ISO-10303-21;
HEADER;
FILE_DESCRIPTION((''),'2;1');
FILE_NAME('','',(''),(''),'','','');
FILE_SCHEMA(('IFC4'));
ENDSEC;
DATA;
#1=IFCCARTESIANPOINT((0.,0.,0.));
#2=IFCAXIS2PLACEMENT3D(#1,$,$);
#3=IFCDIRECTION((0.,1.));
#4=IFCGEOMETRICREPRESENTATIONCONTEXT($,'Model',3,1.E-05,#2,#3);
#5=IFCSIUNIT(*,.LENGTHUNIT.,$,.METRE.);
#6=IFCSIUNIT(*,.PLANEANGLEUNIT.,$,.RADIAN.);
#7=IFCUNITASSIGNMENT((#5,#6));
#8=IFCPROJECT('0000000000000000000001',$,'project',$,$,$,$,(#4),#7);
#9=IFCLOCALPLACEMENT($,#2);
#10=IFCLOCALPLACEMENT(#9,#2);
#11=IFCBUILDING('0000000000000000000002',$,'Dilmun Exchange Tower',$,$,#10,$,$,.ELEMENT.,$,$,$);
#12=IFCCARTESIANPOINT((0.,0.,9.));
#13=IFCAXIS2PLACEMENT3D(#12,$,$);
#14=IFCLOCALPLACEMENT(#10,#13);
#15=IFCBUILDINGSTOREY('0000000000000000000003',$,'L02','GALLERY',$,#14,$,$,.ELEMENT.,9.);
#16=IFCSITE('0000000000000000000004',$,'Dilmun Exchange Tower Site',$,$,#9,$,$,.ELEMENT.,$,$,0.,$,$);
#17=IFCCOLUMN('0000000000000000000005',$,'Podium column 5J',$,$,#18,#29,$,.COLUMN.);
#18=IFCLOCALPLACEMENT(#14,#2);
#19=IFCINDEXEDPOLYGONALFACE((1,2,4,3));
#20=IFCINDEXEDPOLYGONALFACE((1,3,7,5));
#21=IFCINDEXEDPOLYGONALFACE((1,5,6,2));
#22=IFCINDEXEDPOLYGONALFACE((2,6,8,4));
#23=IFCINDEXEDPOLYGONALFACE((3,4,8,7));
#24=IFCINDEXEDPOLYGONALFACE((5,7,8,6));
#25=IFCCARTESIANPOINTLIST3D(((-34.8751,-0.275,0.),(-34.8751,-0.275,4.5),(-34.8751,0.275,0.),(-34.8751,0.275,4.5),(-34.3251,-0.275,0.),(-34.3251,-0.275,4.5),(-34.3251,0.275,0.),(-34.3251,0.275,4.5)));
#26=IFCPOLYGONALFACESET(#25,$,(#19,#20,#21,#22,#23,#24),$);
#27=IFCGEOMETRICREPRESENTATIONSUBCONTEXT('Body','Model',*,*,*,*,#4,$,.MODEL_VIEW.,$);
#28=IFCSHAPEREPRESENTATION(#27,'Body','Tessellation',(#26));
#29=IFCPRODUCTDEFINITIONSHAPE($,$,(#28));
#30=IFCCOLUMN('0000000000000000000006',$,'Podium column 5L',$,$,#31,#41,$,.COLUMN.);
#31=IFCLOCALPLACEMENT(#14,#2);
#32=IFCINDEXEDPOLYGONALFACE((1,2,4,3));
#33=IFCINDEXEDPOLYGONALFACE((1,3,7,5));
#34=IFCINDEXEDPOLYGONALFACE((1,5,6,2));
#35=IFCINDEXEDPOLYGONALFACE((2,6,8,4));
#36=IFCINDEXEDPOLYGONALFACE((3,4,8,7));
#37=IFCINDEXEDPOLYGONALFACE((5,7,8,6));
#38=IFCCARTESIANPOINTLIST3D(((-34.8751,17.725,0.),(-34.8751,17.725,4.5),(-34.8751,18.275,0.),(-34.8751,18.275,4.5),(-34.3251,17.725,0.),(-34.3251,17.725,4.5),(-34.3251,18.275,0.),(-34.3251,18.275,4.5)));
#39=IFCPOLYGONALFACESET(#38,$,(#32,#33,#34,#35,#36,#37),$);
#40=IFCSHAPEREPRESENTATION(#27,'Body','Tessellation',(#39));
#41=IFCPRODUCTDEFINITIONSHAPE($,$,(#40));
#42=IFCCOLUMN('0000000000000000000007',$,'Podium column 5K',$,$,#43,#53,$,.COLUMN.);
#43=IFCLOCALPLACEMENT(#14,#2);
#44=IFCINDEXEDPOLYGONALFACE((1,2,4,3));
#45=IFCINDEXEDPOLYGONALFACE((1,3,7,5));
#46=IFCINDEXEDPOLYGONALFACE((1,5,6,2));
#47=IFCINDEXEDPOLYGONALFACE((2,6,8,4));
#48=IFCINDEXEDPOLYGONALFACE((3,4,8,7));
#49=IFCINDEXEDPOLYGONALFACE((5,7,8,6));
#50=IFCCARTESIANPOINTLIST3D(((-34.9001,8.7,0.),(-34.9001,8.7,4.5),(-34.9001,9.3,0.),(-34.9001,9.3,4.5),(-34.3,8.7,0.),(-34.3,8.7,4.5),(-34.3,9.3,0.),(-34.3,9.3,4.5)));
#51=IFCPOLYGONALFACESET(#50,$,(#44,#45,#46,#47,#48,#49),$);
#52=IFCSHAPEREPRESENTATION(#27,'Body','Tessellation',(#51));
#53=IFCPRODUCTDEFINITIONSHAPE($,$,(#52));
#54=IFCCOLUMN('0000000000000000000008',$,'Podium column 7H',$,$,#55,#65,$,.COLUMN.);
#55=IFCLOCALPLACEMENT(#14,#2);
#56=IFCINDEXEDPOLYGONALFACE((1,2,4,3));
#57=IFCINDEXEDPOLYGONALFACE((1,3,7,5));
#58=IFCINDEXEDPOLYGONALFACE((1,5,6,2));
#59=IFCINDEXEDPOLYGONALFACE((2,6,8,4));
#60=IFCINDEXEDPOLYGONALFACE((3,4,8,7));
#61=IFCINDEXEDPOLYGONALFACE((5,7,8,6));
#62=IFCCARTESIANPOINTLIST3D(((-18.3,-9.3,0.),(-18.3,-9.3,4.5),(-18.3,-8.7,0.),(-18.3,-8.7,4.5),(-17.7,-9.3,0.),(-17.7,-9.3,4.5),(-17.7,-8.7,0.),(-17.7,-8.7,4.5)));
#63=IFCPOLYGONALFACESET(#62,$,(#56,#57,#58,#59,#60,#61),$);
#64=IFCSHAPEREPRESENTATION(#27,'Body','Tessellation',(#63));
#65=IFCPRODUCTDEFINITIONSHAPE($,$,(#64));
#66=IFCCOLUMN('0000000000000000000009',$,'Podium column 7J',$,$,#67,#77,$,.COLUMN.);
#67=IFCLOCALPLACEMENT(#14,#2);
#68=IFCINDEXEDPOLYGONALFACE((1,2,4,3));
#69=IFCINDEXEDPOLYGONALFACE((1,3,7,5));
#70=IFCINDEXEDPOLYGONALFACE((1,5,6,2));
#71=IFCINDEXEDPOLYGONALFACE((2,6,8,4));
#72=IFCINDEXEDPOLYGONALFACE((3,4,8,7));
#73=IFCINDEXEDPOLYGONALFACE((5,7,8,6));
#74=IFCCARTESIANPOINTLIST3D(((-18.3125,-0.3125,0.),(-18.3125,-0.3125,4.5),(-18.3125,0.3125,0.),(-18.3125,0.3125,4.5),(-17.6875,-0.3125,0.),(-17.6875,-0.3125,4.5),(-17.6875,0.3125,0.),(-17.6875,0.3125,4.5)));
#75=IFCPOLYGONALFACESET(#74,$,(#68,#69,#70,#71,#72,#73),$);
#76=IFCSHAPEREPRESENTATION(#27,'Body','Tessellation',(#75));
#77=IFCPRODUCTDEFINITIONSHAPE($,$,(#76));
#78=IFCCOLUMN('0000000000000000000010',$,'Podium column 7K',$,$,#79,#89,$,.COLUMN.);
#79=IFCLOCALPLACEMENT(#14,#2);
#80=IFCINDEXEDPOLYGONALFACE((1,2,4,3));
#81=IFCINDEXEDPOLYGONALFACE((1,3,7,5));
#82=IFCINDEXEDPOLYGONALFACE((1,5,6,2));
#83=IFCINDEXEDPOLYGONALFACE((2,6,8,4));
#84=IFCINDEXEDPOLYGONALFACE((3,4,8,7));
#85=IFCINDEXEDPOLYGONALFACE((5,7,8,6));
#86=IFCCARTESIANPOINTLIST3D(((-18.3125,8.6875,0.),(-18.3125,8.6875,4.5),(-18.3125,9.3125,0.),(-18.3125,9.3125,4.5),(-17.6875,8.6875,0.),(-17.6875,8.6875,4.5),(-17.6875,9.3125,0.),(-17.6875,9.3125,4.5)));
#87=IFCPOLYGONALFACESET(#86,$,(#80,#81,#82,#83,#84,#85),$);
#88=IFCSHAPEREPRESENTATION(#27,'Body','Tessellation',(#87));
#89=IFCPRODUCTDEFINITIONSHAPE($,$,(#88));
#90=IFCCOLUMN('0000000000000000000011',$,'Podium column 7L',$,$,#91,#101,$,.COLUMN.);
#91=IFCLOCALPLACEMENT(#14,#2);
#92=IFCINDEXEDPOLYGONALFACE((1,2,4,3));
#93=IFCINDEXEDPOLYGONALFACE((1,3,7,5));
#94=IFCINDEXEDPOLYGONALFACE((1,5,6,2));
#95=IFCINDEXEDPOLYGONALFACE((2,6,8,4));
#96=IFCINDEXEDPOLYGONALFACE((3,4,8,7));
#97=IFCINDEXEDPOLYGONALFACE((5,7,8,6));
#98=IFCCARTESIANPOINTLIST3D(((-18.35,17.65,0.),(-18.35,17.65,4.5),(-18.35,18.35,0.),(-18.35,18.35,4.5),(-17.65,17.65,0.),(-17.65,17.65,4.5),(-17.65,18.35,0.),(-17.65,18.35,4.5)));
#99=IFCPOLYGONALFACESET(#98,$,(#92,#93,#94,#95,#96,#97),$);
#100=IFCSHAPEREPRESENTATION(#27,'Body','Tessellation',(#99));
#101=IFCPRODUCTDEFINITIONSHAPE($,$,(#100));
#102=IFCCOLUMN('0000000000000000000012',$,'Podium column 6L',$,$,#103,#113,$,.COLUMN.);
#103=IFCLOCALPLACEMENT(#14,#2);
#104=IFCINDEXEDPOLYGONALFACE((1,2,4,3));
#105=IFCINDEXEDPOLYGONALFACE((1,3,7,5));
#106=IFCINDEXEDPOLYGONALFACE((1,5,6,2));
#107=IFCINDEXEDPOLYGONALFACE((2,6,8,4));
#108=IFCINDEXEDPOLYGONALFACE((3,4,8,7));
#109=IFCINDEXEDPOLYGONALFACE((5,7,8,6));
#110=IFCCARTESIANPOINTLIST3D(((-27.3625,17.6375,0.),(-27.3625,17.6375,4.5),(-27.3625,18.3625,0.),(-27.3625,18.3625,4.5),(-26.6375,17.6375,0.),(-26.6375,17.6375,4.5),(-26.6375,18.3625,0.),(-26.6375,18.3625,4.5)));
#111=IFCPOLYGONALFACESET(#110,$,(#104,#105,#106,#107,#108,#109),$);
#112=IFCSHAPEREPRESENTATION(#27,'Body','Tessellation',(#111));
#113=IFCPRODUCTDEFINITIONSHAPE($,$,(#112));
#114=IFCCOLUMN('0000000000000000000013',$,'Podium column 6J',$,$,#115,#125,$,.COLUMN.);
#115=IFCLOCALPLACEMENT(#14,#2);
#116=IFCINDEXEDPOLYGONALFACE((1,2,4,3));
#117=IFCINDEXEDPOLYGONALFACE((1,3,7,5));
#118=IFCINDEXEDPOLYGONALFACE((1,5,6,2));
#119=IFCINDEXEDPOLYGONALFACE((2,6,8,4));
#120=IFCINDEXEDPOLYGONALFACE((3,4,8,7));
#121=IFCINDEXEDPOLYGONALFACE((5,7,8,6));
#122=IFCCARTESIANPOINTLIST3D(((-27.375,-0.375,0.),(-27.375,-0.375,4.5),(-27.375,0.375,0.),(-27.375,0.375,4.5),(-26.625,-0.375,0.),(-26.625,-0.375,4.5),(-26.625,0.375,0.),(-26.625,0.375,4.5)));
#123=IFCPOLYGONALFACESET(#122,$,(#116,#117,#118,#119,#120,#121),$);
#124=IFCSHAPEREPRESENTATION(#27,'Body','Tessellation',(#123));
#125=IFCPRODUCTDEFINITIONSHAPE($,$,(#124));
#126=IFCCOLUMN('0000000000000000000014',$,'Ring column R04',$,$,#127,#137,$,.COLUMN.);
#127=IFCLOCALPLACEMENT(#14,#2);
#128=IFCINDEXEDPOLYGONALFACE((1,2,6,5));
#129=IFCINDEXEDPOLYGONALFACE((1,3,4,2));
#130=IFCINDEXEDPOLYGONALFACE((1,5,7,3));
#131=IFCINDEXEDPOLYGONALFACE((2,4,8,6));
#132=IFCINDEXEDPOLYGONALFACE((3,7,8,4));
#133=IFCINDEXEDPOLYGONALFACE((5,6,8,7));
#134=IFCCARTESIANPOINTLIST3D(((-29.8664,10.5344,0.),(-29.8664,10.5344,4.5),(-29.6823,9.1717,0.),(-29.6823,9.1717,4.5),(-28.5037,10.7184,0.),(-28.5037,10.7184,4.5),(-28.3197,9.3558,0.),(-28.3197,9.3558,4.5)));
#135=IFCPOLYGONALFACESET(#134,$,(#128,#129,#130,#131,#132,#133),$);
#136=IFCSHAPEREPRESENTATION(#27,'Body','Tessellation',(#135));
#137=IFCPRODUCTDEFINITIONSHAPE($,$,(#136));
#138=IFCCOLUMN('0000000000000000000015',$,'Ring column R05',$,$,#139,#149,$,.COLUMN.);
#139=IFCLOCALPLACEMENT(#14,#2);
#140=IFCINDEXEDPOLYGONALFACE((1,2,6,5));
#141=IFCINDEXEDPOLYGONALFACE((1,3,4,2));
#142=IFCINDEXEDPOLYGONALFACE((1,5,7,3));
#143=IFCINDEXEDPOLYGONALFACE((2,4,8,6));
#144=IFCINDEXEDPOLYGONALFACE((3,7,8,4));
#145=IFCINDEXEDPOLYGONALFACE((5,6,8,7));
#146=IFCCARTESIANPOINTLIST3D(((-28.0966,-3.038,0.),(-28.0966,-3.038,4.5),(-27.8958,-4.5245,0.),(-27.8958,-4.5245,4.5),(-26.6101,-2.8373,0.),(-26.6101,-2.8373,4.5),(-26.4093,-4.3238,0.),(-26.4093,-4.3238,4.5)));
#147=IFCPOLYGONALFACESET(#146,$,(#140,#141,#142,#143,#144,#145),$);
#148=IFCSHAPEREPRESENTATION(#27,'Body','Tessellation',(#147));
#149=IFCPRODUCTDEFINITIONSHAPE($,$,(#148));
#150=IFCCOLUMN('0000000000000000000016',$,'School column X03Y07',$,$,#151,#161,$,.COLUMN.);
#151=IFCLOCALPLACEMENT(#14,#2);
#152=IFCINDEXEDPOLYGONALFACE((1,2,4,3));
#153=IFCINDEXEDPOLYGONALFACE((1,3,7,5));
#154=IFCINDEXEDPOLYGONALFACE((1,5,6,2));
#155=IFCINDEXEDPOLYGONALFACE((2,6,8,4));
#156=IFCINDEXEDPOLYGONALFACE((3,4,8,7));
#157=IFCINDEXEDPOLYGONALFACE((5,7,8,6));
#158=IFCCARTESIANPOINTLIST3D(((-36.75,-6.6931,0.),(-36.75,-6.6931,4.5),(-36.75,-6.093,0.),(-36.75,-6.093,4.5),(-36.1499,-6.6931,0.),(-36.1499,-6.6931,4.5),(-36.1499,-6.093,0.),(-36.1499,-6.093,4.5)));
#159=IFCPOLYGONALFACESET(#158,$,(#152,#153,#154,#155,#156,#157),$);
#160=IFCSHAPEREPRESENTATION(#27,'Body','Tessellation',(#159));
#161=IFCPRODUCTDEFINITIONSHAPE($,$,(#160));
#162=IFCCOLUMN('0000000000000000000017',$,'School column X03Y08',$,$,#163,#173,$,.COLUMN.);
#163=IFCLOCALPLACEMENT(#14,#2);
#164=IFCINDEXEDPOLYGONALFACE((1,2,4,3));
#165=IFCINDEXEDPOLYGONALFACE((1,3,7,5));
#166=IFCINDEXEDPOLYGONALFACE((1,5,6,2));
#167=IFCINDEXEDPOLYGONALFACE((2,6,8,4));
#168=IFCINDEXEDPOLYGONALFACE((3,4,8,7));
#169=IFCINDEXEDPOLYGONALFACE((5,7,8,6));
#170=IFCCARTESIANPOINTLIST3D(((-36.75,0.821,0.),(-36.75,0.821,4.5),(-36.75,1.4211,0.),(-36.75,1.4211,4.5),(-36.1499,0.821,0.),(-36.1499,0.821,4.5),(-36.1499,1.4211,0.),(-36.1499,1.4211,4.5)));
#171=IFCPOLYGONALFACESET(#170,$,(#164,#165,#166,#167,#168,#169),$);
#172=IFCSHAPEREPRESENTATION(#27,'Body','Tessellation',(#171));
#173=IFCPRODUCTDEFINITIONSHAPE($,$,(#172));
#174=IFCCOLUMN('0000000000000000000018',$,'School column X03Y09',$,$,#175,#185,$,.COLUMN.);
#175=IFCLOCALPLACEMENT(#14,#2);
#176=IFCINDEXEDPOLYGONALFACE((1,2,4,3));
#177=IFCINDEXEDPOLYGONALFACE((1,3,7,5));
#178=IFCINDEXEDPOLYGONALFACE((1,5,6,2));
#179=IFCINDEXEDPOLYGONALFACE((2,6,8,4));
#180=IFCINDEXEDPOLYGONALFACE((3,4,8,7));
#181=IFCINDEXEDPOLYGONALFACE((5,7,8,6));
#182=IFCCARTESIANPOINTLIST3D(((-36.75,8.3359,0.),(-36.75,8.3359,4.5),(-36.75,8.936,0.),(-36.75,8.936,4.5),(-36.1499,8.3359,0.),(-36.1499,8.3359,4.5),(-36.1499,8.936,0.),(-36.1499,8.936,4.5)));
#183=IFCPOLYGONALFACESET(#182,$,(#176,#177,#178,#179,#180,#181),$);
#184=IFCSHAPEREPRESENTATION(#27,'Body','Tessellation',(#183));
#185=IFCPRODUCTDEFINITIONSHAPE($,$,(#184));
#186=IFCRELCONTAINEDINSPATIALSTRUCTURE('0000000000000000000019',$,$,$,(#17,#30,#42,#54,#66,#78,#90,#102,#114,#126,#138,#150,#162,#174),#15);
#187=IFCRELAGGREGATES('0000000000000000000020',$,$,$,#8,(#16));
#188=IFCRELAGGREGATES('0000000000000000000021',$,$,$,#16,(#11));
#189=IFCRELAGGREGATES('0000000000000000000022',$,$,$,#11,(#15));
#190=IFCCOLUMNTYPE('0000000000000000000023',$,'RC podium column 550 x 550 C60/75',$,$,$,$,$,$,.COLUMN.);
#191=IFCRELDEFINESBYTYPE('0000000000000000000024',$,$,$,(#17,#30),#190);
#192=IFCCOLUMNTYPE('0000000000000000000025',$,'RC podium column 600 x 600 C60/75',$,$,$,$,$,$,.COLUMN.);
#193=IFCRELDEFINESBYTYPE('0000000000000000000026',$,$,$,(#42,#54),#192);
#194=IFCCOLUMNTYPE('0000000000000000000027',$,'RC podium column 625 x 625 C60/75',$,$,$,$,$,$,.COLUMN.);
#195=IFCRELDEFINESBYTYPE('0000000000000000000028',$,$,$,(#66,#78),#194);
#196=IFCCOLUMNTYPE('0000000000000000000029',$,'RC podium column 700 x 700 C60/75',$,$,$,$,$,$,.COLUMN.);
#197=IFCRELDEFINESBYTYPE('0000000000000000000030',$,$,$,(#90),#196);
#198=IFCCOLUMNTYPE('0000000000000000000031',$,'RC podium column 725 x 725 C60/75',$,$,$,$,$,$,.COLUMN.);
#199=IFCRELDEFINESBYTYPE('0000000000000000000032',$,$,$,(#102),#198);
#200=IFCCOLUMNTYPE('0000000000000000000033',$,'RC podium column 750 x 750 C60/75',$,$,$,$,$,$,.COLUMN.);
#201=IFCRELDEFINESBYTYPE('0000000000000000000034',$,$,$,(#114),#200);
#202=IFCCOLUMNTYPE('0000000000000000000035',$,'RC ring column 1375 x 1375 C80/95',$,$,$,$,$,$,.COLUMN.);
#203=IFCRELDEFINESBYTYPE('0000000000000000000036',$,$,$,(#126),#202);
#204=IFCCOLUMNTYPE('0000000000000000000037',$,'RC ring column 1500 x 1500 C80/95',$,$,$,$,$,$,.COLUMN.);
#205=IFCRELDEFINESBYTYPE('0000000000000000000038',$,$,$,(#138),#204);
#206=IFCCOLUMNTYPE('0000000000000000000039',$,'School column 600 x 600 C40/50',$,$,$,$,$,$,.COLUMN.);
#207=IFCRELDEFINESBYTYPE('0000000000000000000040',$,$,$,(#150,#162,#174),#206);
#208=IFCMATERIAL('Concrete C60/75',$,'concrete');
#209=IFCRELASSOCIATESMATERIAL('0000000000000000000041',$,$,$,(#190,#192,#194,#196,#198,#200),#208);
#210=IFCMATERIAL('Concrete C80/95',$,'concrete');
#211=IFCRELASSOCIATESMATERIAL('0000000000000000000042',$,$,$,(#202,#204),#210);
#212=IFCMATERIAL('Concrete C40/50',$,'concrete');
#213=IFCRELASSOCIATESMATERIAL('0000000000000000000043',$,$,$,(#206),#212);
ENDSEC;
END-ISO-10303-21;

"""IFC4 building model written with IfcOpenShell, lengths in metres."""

from ifc_helpers import new_model, si_unit, direction, frame, origin, origin_2d, place, context, subcontext, project, spatial, rectangle, extrude, material, material_profile, profile_set, type_object, element, save


model = new_model("IFC4")

# Units and contexts
model_context = context("Model", 3, precision=1e-05, world=origin(), true_north=direction((0.0, 1.0)))
body_context = subcontext(model_context, "Body", "Model", "MODEL_VIEW")
ifc_project = project(units=[si_unit("LENGTHUNIT", "METRE"), si_unit("PLANEANGLEUNIT", "RADIAN")], contexts=[model_context])

# Site, building, storey
site_placement = place(None, origin())
site = spatial("IfcSite", under=ifc_project, at=site_placement, Name="Dilmun Exchange Tower Site", CompositionType="ELEMENT", RefElevation=0.0)
building_placement = place(site_placement, origin())
building = spatial("IfcBuilding", under=site, at=building_placement, Name="Dilmun Exchange Tower", CompositionType="ELEMENT")
storey_placement = place(building_placement, frame((0.0, 0.0, 9.0)))
storey = spatial("IfcBuildingStorey", under=building, at=storey_placement, Name="L02", Description="GALLERY", CompositionType="ELEMENT", Elevation=9.0)

# Columns
ifc_material_1 = material(Name="Concrete C60/75", Category="concrete")
ifc_material_profile_1 = material_profile(ifc_material_1, rectangle(XDim=0.55, YDim=0.55, at=origin_2d()), Name="550 x 550")
ifc_profile_set_1 = profile_set([ifc_material_profile_1], Name="Concrete C60/75")
column_type_1 = type_object("IfcColumnType", Name="RC podium column 550 x 550 C60/75", PredefinedType="COLUMN", material=ifc_profile_set_1)
for number, where, z_axis, x_axis, name in (
    (1, (-34.6001, 0.0, 0.0), (0.0, 0.0, 1.0), (1.0, 0.0, 0.0), "Podium column 5J"),
    (2, (-34.6001, 18.0, 0.0), (0.0, 0.0, 1.0), (1.0, 0.0, 0.0), "Podium column 5L"),
):
    element("IfcColumn", number, at=place(storey_placement, frame(where, z_axis=z_axis, x_axis=x_axis)), inside=storey, type_object=column_type_1, Name=name, PredefinedType="COLUMN", context=body_context, shape_type="SweptSolid", body=[
        extrude(rectangle(XDim=0.55, YDim=0.55, at=origin_2d()), origin(), (0.0, 0.0, 1.0), 4.5),
    ])
ifc_material_profile_2 = material_profile(ifc_material_1, rectangle(XDim=0.6001, YDim=0.6001, at=origin_2d()), Name="600 x 600")
ifc_profile_set_2 = profile_set([ifc_material_profile_2], Name="Concrete C60/75")
column_type_2 = type_object("IfcColumnType", Name="RC podium column 600 x 600 C60/75", PredefinedType="COLUMN", material=ifc_profile_set_2)
for number, where, z_axis, x_axis, name in (
    (3, (-34.6001, 9.0, 0.0), (0.0, 0.0, 1.0), (1.0, 0.0, 0.0), "Podium column 5K"),
    (4, (-18.0, -9.0, 0.0), (0.0, 0.0, 1.0), (1.0, 0.0, 0.0), "Podium column 7H"),
):
    element("IfcColumn", number, at=place(storey_placement, frame(where, z_axis=z_axis, x_axis=x_axis)), inside=storey, type_object=column_type_2, Name=name, PredefinedType="COLUMN", context=body_context, shape_type="SweptSolid", body=[
        extrude(rectangle(XDim=0.6001, YDim=0.6001, at=origin_2d()), origin(), (0.0, 0.0, 1.0), 4.5),
    ])
ifc_material_profile_3 = material_profile(ifc_material_1, rectangle(XDim=0.625, YDim=0.625, at=origin_2d()), Name="625 x 625")
ifc_profile_set_3 = profile_set([ifc_material_profile_3], Name="Concrete C60/75")
column_type_3 = type_object("IfcColumnType", Name="RC podium column 625 x 625 C60/75", PredefinedType="COLUMN", material=ifc_profile_set_3)
for number, where, z_axis, x_axis, name in (
    (5, (-18.0, 0.0, 0.0), (0.0, 0.0, 1.0), (1.0, 0.0, 0.0), "Podium column 7J"),
    (6, (-18.0, 9.0, 0.0), (0.0, 0.0, 1.0), (1.0, 0.0, 0.0), "Podium column 7K"),
):
    element("IfcColumn", number, at=place(storey_placement, frame(where, z_axis=z_axis, x_axis=x_axis)), inside=storey, type_object=column_type_3, Name=name, PredefinedType="COLUMN", context=body_context, shape_type="SweptSolid", body=[
        extrude(rectangle(XDim=0.625, YDim=0.625, at=origin_2d()), origin(), (0.0, 0.0, 1.0), 4.5),
    ])
ifc_material_profile_4 = material_profile(ifc_material_1, rectangle(XDim=0.7, YDim=0.7, at=origin_2d()), Name="700 x 700")
ifc_profile_set_4 = profile_set([ifc_material_profile_4], Name="Concrete C60/75")
column_type_4 = type_object("IfcColumnType", Name="RC podium column 700 x 700 C60/75", PredefinedType="COLUMN", material=ifc_profile_set_4)
column_1_placement = place(storey_placement, frame((-18.0, 18.0, 0.0), z_axis=(0.0, 0.0, 1.0), x_axis=(1.0, 0.0, 0.0)))
element("IfcColumn", 7, at=column_1_placement, inside=storey, type_object=column_type_4, Name="Podium column 7L", PredefinedType="COLUMN", context=body_context, shape_type="SweptSolid", body=[
    extrude(rectangle(XDim=0.7, YDim=0.7, at=origin_2d()), origin(), (0.0, 0.0, 1.0), 4.5),
])
ifc_material_profile_5 = material_profile(ifc_material_1, rectangle(XDim=0.7251, YDim=0.7251, at=origin_2d()), Name="725 x 725")
ifc_profile_set_5 = profile_set([ifc_material_profile_5], Name="Concrete C60/75")
column_type_5 = type_object("IfcColumnType", Name="RC podium column 725 x 725 C60/75", PredefinedType="COLUMN", material=ifc_profile_set_5)
column_2_placement = place(storey_placement, frame((-27.0, 18.0, 0.0), z_axis=(0.0, 0.0, 1.0), x_axis=(1.0, 0.0, 0.0)))
element("IfcColumn", 8, at=column_2_placement, inside=storey, type_object=column_type_5, Name="Podium column 6L", PredefinedType="COLUMN", context=body_context, shape_type="SweptSolid", body=[
    extrude(rectangle(XDim=0.7251, YDim=0.7251, at=origin_2d()), origin(), (0.0, 0.0, 1.0), 4.5),
])
ifc_material_profile_6 = material_profile(ifc_material_1, rectangle(XDim=0.75, YDim=0.75, at=origin_2d()), Name="750 x 750")
ifc_profile_set_6 = profile_set([ifc_material_profile_6], Name="Concrete C60/75")
column_type_6 = type_object("IfcColumnType", Name="RC podium column 750 x 750 C60/75", PredefinedType="COLUMN", material=ifc_profile_set_6)
column_3_placement = place(storey_placement, frame((-27.0, 0.0, 0.0), z_axis=(0.0, 0.0, 1.0), x_axis=(1.0, 0.0, 0.0)))
element("IfcColumn", 9, at=column_3_placement, inside=storey, type_object=column_type_6, Name="Podium column 6J", PredefinedType="COLUMN", context=body_context, shape_type="SweptSolid", body=[
    extrude(rectangle(XDim=0.75, YDim=0.75, at=origin_2d()), origin(), (0.0, 0.0, 1.0), 4.5),
])
ifc_material_2 = material(Name="Concrete C80/95", Category="concrete")
ifc_material_profile_7 = material_profile(ifc_material_2, rectangle(XDim=1.375, YDim=1.375, at=origin_2d()), Name="1375 x 1375")
ifc_profile_set_7 = profile_set([ifc_material_profile_7], Name="Concrete C80/95")
column_type_7 = type_object("IfcColumnType", Name="RC ring column 1375 x 1375 C80/95", PredefinedType="COLUMN", material=ifc_profile_set_7)
column_4_placement = place(storey_placement, frame((-29.093, 9.9451, 0.0), z_axis=(0.0, 0.0, 1.0), x_axis=(0.991001, 0.133853, 0.0)))
element("IfcColumn", 10, at=column_4_placement, inside=storey, type_object=column_type_7, Name="Ring column R04", PredefinedType="COLUMN", context=body_context, shape_type="SweptSolid", body=[
    extrude(rectangle(XDim=1.375, YDim=1.375, at=origin_2d()), origin(), (0.0, 0.0, 1.0), 4.5),
])
ifc_material_profile_8 = material_profile(ifc_material_2, rectangle(XDim=1.5, YDim=1.5, at=origin_2d()), Name="1500 x 1500")
ifc_profile_set_8 = profile_set([ifc_material_profile_8], Name="Concrete C80/95")
column_type_8 = type_object("IfcColumnType", Name="RC ring column 1500 x 1500 C80/95", PredefinedType="COLUMN", material=ifc_profile_set_8)
column_5_placement = place(storey_placement, frame((-27.2529, -3.6809, 0.0), z_axis=(0.0, 0.0, 1.0), x_axis=(0.991001, 0.133853, 0.0)))
element("IfcColumn", 11, at=column_5_placement, inside=storey, type_object=column_type_8, Name="Ring column R05", PredefinedType="COLUMN", context=body_context, shape_type="SweptSolid", body=[
    extrude(rectangle(XDim=1.5, YDim=1.5, at=origin_2d()), origin(), (0.0, 0.0, 1.0), 4.5),
])
ifc_material_3 = material(Name="Concrete C40/50", Category="concrete")
ifc_material_profile_9 = material_profile(ifc_material_3, rectangle(XDim=0.6001, YDim=0.6001, at=origin_2d()), Name="600 x 600")
ifc_profile_set_9 = profile_set([ifc_material_profile_9], Name="Concrete C40/50")
column_type_9 = type_object("IfcColumnType", Name="School column 600 x 600 C40/50", PredefinedType="COLUMN", material=ifc_profile_set_9)
for number, where, z_axis, x_axis, name in (
    (12, (-36.45, -6.3931, 0.0), (0.0, 0.0, 1.0), (1.0, 0.0, 0.0), "School column X03Y07"),
    (13, (-36.45, 1.1211, 0.0), (0.0, 0.0, 1.0), (1.0, 0.0, 0.0), "School column X03Y08"),
    (14, (-36.45, 8.636, 0.0), (0.0, 0.0, 1.0), (1.0, 0.0, 0.0), "School column X03Y09"),
):
    element("IfcColumn", number, at=place(storey_placement, frame(where, z_axis=z_axis, x_axis=x_axis)), inside=storey, type_object=column_type_9, Name=name, PredefinedType="COLUMN", context=body_context, shape_type="SweptSolid", body=[
        extrude(rectangle(XDim=0.6001, YDim=0.6001, at=origin_2d()), origin(), (0.0, 0.0, 1.0), 4.5),
    ])

save(model, "model.ifc")
